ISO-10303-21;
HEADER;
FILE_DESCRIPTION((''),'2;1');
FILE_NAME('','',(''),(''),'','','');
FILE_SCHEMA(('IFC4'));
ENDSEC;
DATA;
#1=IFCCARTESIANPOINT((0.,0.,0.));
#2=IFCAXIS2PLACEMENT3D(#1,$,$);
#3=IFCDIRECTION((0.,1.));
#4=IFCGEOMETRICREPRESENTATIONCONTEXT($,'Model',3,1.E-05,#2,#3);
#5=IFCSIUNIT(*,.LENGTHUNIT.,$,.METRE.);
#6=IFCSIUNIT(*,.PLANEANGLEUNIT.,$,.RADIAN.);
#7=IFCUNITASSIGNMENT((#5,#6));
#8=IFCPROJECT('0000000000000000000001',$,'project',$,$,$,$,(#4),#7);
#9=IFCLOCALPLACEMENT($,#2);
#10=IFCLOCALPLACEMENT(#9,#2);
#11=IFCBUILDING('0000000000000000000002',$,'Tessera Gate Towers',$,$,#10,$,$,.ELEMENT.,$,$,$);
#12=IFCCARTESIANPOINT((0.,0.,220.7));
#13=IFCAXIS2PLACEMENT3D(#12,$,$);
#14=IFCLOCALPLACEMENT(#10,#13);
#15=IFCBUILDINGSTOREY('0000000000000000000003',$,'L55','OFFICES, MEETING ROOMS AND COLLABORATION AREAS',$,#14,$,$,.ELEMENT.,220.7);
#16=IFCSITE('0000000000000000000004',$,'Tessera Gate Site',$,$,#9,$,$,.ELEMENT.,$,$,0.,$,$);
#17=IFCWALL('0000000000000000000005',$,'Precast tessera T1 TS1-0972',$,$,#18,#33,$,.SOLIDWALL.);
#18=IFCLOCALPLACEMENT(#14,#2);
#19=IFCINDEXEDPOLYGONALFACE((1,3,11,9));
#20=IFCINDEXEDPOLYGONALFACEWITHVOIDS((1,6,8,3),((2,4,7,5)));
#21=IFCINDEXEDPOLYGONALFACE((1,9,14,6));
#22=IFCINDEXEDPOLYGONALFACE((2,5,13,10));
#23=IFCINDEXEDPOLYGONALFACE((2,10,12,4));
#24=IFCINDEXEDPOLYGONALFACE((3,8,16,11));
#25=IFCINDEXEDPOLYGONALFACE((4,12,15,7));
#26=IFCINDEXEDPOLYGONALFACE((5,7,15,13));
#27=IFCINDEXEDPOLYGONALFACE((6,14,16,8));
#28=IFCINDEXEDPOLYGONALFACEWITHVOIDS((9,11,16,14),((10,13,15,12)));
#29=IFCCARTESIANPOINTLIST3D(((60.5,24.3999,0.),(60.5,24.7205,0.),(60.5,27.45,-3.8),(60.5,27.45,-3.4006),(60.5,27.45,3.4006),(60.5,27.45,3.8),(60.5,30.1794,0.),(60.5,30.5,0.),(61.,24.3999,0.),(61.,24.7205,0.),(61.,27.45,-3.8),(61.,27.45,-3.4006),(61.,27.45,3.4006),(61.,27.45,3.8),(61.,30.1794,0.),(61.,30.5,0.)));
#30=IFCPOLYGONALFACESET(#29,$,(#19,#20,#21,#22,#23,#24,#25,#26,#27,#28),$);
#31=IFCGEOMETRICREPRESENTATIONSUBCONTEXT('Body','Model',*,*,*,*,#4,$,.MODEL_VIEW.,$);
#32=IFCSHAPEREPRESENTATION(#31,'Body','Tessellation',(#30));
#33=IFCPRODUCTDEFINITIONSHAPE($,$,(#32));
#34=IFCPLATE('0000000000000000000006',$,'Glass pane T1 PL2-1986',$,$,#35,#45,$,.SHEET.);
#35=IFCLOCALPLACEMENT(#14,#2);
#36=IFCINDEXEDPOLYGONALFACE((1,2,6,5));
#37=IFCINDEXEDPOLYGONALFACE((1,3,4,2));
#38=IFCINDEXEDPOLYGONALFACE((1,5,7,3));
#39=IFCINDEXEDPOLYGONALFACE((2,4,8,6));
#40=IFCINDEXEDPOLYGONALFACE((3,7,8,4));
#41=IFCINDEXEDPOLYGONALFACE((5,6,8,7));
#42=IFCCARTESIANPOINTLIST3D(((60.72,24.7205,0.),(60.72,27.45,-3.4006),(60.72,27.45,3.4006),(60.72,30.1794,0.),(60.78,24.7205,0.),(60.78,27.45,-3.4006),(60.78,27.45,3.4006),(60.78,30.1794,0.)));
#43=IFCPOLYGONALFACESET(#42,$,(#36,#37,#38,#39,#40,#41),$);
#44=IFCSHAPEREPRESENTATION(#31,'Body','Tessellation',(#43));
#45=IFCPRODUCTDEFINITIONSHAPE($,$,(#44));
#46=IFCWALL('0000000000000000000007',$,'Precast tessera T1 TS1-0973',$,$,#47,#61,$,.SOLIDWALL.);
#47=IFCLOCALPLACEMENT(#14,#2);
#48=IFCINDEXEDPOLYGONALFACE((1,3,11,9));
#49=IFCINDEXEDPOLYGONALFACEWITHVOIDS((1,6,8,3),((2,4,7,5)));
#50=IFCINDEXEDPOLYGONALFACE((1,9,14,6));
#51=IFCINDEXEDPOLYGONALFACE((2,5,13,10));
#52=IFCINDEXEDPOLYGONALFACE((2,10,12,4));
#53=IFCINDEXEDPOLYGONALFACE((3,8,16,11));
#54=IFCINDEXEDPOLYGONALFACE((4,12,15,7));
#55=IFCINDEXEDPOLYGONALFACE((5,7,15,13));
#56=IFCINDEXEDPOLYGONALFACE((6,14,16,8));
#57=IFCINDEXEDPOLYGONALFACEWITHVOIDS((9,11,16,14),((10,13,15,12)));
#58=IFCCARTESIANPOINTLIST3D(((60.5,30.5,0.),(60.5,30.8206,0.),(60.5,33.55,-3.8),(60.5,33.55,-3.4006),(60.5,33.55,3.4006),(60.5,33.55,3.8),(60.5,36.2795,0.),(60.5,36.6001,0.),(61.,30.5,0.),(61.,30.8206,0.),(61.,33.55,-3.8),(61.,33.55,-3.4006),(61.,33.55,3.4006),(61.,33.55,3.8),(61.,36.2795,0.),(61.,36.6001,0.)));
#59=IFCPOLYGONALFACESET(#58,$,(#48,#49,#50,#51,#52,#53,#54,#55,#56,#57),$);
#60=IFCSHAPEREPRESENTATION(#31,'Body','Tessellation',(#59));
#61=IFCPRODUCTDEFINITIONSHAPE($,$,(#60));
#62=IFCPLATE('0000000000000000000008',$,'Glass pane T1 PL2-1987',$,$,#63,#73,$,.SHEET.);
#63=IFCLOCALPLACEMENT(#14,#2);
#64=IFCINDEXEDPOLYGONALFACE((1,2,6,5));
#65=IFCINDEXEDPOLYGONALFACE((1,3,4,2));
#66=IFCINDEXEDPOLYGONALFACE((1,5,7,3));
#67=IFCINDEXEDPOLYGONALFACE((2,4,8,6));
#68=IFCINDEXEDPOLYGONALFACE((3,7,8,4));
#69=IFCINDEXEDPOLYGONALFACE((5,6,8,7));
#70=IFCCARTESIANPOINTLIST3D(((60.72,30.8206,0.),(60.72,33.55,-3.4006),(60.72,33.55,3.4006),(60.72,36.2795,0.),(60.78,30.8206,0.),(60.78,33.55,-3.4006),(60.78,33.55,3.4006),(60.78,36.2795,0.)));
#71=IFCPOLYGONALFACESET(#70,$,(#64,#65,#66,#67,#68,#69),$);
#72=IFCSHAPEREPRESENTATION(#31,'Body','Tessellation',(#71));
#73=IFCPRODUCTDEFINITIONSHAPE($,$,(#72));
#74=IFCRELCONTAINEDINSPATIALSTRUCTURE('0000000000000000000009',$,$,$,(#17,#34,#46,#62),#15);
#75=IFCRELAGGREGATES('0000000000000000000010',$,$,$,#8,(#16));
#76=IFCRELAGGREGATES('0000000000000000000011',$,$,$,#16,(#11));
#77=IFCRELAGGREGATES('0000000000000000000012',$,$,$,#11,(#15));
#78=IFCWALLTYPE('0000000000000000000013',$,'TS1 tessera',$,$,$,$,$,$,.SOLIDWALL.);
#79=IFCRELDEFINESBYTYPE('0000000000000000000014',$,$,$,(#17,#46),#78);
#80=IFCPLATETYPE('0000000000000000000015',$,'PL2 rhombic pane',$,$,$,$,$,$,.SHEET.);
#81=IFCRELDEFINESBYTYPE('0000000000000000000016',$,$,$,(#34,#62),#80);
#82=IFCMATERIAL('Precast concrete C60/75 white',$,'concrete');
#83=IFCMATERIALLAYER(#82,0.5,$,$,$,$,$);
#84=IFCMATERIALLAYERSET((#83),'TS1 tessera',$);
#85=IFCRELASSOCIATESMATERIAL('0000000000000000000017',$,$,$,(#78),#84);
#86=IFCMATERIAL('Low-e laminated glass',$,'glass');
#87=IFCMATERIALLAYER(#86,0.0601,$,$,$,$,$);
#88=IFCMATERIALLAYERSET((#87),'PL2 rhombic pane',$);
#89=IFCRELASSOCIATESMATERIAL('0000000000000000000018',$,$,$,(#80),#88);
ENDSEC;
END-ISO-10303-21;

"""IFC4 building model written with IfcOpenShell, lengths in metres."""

from ifc_helpers import new_model, si_unit, direction, frame, origin, place, context, subcontext, project, spatial, polyline, outline, extrude, source, transform, mapped, material, layer, layer_set, type_object, element, fill, save


model = new_model("IFC4")

# Units and contexts
model_context = context("Model", 3, precision=1e-05, world=origin(), true_north=direction((0.0, 1.0)))
body_context = subcontext(model_context, "Body", "Model", "MODEL_VIEW")
ifc_project = project(units=[si_unit("LENGTHUNIT", "METRE"), si_unit("PLANEANGLEUNIT", "RADIAN")], contexts=[model_context])

# Site, building, storey
site_placement = place(None, origin())
site = spatial("IfcSite", under=ifc_project, at=site_placement, Name="Tessera Gate Site", CompositionType="ELEMENT", RefElevation=0.0)
building_placement = place(site_placement, origin())
building = spatial("IfcBuilding", under=site, at=building_placement, Name="Tessera Gate Towers", CompositionType="ELEMENT")
storey_placement = place(building_placement, frame((0.0, 0.0, 220.7)))
storey = spatial("IfcBuildingStorey", under=building, at=storey_placement, Name="L55", Description="OFFICES, MEETING ROOMS AND COLLABORATION AREAS", CompositionType="ELEMENT", Elevation=220.7)

# Walls, openings, plates
ifc_material_1 = material(Name="Precast concrete C60/75 white", Category="concrete")
ifc_layer_1 = layer(ifc_material_1, 0.5)
ifc_layer_set_1 = layer_set([ifc_layer_1], Name="TS1 tessera")
wall_type_1 = type_object("IfcWallType", Name="TS1 tessera", PredefinedType="SOLIDWALL", material=ifc_layer_set_1)
shared_shape_1 = source(origin(), body_context, "Body", "SweptSolid", [
    extrude(outline(polyline([(3.05, 0.0), (6.1001, 3.8), (3.05, 7.6001), (0.0, 3.8), (3.05, 0.0)])), frame((0.0, 0.25, 0.0), z_axis=(0.0, -1.0, 0.0), x_axis=(1.0, 0.0, 0.0)), (0.0, 0.0, 1.0), 0.5),
])
wall_1_placement = place(storey_placement, frame((60.75, 24.3999, -3.8), z_axis=(0.0, 0.0, 1.0), x_axis=(0.0, 1.0, 0.0)))
wall_1 = element("IfcWall", 1, at=wall_1_placement, inside=storey, type_object=wall_type_1, Name="Precast tessera T1 TS1-0972", PredefinedType="SOLIDWALL", context=body_context, shape_type="MappedRepresentation", body=[
    mapped(shared_shape_1, transform((0.0, 0.0, 0.0), scale=1.0)),
])
shared_shape_2 = source(origin(), body_context, "Body", "SweptSolid", [
    extrude(outline(polyline([(3.05, 0.3994), (5.7795, 3.8), (3.05, 7.2007), (0.3206, 3.8), (3.05, 0.3994)])), frame((0.0, 0.26, 0.0), z_axis=(0.0, -1.0, 0.0), x_axis=(1.0, 0.0, 0.0)), (0.0, 0.0, 1.0), 0.52),
])
opening_1_placement = place(wall_1_placement, origin())
opening_1 = element("IfcOpeningElement", 2, at=opening_1_placement, cuts=wall_1, PredefinedType="OPENING", context=body_context, shape_type="MappedRepresentation", body=[
    mapped(shared_shape_2, transform((0.0, 0.0, 0.0), scale=1.0)),
])
ifc_material_2 = material(Name="Low-e laminated glass", Category="glass")
ifc_layer_2 = layer(ifc_material_2, 0.0601)
ifc_layer_set_2 = layer_set([ifc_layer_2], Name="PL2 rhombic pane")
plate_type = type_object("IfcPlateType", Name="PL2 rhombic pane", PredefinedType="SHEET", material=ifc_layer_set_2)
shared_shape_3 = source(origin(), body_context, "Body", "SweptSolid", [
    extrude(outline(polyline([(3.05, 0.3994), (5.7795, 3.8), (3.05, 7.2007), (0.3206, 3.8), (3.05, 0.3994)])), frame((0.0, 0.03, 0.0), z_axis=(0.0, -1.0, 0.0), x_axis=(1.0, 0.0, 0.0)), (0.0, 0.0, 1.0), 0.0601),
])
plate_1_placement = place(opening_1_placement, origin())
plate_1 = element("IfcPlate", 3, at=plate_1_placement, inside=storey, type_object=plate_type, Name="Glass pane T1 PL2-1986", PredefinedType="SHEET", context=body_context, shape_type="MappedRepresentation", body=[
    mapped(shared_shape_3, transform((0.0, 0.0, 0.0), scale=1.0)),
])
fill(opening_1, plate_1)
wall_2_placement = place(storey_placement, frame((60.75, 30.5, -3.8), z_axis=(0.0, 0.0, 1.0), x_axis=(0.0, 1.0, 0.0)))
wall_2 = element("IfcWall", 4, at=wall_2_placement, inside=storey, type_object=wall_type_1, Name="Precast tessera T1 TS1-0973", PredefinedType="SOLIDWALL", context=body_context, shape_type="MappedRepresentation", body=[
    mapped(shared_shape_1, transform((0.0, 0.0, 0.0), scale=1.0)),
])
opening_2_placement = place(wall_2_placement, origin())
opening_2 = element("IfcOpeningElement", 5, at=opening_2_placement, cuts=wall_2, PredefinedType="OPENING", context=body_context, shape_type="MappedRepresentation", body=[
    mapped(shared_shape_2, transform((0.0, 0.0, 0.0), scale=1.0)),
])
plate_2_placement = place(opening_2_placement, origin())
plate_2 = element("IfcPlate", 6, at=plate_2_placement, inside=storey, type_object=plate_type, Name="Glass pane T1 PL2-1987", PredefinedType="SHEET", context=body_context, shape_type="MappedRepresentation", body=[
    mapped(shared_shape_3, transform((0.0, 0.0, 0.0), scale=1.0)),
])
fill(opening_2, plate_2)

save(model, "model.ifc")
